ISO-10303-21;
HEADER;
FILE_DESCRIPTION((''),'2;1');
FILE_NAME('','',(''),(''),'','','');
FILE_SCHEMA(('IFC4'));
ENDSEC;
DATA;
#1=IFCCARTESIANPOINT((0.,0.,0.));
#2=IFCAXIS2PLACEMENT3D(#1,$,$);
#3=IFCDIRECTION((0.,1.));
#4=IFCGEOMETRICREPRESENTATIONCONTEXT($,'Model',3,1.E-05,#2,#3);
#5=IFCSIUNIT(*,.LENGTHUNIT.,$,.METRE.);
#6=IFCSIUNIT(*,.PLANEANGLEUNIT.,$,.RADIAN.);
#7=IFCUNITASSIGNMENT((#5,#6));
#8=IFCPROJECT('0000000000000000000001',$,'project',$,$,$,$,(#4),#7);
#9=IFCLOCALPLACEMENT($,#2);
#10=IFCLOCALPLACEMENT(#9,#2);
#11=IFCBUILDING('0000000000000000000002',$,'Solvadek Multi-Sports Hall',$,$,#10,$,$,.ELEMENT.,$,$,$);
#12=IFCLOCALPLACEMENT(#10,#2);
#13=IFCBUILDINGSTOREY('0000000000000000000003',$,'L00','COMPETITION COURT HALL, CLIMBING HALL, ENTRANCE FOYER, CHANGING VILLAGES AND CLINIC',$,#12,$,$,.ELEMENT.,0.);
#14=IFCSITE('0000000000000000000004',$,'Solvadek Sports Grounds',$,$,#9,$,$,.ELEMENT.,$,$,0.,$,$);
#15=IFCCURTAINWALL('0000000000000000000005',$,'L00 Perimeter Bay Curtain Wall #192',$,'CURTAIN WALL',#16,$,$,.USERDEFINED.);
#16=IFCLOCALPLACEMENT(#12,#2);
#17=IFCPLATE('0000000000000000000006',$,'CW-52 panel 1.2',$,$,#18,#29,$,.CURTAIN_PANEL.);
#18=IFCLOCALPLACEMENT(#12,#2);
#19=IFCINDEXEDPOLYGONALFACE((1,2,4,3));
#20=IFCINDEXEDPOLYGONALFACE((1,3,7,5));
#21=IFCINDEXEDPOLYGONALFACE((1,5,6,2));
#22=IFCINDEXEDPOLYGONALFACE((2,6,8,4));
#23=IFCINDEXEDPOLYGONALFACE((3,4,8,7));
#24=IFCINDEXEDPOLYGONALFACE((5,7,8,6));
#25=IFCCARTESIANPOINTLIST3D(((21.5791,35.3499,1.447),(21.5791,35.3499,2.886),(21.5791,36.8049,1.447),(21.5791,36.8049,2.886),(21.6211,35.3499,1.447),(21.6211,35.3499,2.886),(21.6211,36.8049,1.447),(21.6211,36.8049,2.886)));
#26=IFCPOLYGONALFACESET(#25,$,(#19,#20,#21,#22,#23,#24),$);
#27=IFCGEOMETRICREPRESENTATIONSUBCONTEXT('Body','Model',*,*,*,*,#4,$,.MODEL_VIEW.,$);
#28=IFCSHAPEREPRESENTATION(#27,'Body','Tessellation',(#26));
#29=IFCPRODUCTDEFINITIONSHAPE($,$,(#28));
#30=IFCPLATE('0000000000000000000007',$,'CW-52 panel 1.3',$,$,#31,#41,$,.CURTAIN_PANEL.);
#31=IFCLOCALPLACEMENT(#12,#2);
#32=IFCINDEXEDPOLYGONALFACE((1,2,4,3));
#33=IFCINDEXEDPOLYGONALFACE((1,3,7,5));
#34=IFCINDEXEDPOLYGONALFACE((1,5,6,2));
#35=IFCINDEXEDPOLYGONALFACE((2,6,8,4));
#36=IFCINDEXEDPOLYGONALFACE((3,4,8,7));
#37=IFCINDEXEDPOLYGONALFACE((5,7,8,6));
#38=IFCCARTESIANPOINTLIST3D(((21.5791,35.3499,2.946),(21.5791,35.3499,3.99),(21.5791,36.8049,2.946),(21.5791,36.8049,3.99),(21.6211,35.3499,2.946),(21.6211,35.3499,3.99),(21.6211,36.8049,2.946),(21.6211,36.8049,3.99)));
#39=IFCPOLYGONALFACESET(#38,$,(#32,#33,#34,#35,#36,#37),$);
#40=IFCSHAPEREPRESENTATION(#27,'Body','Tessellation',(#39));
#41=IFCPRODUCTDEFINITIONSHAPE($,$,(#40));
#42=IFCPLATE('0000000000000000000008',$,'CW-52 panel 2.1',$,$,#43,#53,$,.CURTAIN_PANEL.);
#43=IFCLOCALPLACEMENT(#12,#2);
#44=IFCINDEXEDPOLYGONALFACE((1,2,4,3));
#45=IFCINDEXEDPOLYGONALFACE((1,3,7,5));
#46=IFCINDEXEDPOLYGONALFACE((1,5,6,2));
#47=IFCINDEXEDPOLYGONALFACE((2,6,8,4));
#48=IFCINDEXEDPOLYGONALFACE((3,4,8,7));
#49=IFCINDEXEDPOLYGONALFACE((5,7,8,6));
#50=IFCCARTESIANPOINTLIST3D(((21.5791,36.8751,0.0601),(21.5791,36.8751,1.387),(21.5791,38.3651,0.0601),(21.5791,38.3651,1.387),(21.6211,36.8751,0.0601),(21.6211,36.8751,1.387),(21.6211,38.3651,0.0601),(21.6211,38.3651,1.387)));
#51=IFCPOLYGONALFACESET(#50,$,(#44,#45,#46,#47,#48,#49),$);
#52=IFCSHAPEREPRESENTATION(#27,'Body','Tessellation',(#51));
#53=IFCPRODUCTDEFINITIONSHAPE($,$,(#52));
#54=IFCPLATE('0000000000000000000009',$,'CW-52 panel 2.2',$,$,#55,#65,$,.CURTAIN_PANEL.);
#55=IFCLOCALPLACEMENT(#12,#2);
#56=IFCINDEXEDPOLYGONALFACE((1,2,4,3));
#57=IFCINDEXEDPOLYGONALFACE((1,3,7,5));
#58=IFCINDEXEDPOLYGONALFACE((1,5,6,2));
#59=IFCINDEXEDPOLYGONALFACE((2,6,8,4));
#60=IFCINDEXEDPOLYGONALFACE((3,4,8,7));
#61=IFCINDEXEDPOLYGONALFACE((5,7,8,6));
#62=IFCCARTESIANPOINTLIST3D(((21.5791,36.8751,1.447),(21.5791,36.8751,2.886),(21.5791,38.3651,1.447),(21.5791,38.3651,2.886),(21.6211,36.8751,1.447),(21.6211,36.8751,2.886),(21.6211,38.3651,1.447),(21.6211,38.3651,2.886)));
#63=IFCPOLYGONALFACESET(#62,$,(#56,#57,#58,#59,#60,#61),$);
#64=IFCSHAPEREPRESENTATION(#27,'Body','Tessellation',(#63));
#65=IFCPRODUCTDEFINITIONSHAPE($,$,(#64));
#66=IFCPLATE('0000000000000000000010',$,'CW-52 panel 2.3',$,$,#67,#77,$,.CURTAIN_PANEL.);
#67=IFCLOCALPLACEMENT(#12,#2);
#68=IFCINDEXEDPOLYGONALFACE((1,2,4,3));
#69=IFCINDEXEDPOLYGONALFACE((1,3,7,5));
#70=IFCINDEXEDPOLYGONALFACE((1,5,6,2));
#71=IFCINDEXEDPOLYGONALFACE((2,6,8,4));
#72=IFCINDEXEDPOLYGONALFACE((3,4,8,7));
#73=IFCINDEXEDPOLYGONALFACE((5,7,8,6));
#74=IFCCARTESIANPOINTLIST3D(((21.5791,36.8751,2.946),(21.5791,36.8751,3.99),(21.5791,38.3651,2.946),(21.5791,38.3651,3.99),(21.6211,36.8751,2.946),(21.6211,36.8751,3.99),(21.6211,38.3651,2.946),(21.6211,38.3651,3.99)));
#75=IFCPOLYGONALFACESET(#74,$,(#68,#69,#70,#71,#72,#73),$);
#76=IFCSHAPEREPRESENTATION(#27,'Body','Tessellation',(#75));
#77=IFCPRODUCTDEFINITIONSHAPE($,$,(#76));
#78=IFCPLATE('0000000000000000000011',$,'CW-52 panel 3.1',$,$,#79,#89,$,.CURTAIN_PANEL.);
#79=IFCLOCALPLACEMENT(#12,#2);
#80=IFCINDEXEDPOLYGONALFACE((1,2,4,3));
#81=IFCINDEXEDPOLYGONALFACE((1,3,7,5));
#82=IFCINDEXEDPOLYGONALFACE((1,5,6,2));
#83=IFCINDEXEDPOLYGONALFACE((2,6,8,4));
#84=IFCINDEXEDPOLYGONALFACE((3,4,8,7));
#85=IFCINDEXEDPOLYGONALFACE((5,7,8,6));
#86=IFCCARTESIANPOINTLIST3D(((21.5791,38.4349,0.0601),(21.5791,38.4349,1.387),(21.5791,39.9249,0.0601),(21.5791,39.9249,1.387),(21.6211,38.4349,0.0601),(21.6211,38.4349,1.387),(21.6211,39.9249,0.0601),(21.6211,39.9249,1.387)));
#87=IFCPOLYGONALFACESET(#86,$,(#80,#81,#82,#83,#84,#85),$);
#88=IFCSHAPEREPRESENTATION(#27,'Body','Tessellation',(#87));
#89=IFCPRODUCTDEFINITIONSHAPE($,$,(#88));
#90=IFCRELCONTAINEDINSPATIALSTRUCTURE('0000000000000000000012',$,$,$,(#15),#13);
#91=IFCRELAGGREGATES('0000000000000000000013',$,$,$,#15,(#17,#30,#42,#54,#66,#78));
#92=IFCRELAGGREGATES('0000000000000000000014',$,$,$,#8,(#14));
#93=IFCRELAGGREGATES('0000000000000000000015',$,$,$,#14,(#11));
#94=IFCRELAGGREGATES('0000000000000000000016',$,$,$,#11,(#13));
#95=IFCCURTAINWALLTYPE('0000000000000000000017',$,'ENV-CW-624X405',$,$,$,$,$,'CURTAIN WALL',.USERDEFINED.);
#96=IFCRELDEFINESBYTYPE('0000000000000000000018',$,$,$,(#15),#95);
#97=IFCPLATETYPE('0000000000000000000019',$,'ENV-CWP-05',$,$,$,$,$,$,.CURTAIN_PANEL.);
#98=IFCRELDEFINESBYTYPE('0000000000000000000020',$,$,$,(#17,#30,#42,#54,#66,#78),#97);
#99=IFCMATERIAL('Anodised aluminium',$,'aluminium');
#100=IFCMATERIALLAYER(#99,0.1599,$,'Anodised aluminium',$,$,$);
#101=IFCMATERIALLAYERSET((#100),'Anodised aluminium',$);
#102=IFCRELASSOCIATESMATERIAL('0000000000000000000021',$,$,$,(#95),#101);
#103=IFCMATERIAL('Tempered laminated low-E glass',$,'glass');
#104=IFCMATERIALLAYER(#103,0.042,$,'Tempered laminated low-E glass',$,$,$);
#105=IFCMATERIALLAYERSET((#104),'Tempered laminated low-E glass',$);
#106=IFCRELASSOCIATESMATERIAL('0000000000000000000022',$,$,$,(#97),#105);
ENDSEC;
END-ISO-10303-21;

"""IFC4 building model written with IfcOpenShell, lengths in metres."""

from ifc_helpers import new_model, si_unit, direction, frame, origin, origin_2d, place, context, subcontext, project, spatial, rectangle, extrude, material, layer, layer_set, type_object, element, aggregate, save


model = new_model("IFC4")

# Units and contexts
model_context = context("Model", 3, precision=1e-05, world=origin(), true_north=direction((0.0, 1.0)))
body_context = subcontext(model_context, "Body", "Model", "MODEL_VIEW")
ifc_project = project(units=[si_unit("LENGTHUNIT", "METRE"), si_unit("PLANEANGLEUNIT", "RADIAN")], contexts=[model_context])

# Site, building, storey
site_placement = place(None, origin())
site = spatial("IfcSite", under=ifc_project, at=site_placement, Name="Solvadek Sports Grounds", CompositionType="ELEMENT", RefElevation=0.0)
building_placement = place(site_placement, origin())
building = spatial("IfcBuilding", under=site, at=building_placement, Name="Solvadek Multi-Sports Hall", CompositionType="ELEMENT")
storey_placement = place(building_placement, origin())
storey = spatial("IfcBuildingStorey", under=building, at=storey_placement, Name="L00", Description="COMPETITION COURT HALL, CLIMBING HALL, ENTRANCE FOYER, CHANGING VILLAGES AND CLINIC", CompositionType="ELEMENT", Elevation=0.0)

# Curtain wall
ifc_material_1 = material(Name="Anodised aluminium", Category="aluminium")
ifc_layer_1 = layer(ifc_material_1, 0.1599, Name="Anodised aluminium")
ifc_layer_set_1 = layer_set([ifc_layer_1], Name="Anodised aluminium")
curtain_wall_type_1 = type_object("IfcCurtainWallType", Name="ENV-CW-624X405", ElementType="CURTAIN WALL", PredefinedType="USERDEFINED", material=ifc_layer_set_1)
curtain_wall_1_placement = place(storey_placement, origin())
curtain_wall_1 = element("IfcCurtainWall", 1, at=curtain_wall_1_placement, inside=storey, type_object=curtain_wall_type_1, Name="L00 Perimeter Bay Curtain Wall #192", ObjectType="CURTAIN WALL", PredefinedType="USERDEFINED")

# Plates
ifc_material_2 = material(Name="Tempered laminated low-E glass", Category="glass")
ifc_layer_2 = layer(ifc_material_2, 0.042, Name="Tempered laminated low-E glass")
ifc_layer_set_2 = layer_set([ifc_layer_2], Name="Tempered laminated low-E glass")
plate_type_1 = type_object("IfcPlateType", Name="ENV-CWP-05", PredefinedType="CURTAIN_PANEL", material=ifc_layer_set_2)
plate_1_placement = place(storey_placement, frame((21.6001, 36.0774, 1.447), z_axis=(0.0, 0.0, 1.0), x_axis=(0.0, 1.0, 0.0)))
plate_1 = element("IfcPlate", 2, at=plate_1_placement, type_object=plate_type_1, Name="CW-52 panel 1.2", PredefinedType="CURTAIN_PANEL", context=body_context, shape_type="SweptSolid", body=[
    extrude(rectangle(XDim=1.4551, YDim=0.042, at=origin_2d()), origin(), (0.0, 0.0, 1.0), 1.439),
])
plate_2_placement = place(storey_placement, frame((21.6001, 36.0774, 2.946), z_axis=(0.0, 0.0, 1.0), x_axis=(0.0, 1.0, 0.0)))
plate_2 = element("IfcPlate", 3, at=plate_2_placement, type_object=plate_type_1, Name="CW-52 panel 1.3", PredefinedType="CURTAIN_PANEL", context=body_context, shape_type="SweptSolid", body=[
    extrude(rectangle(XDim=1.4551, YDim=0.042, at=origin_2d()), origin(), (0.0, 0.0, 1.0), 1.0439),
])
plate_3_placement = place(storey_placement, frame((21.6001, 37.6201, 0.0601), z_axis=(0.0, 0.0, 1.0), x_axis=(0.0, 1.0, 0.0)))
plate_3 = element("IfcPlate", 4, at=plate_3_placement, type_object=plate_type_1, Name="CW-52 panel 2.1", PredefinedType="CURTAIN_PANEL", context=body_context, shape_type="SweptSolid", body=[
    extrude(rectangle(XDim=1.49, YDim=0.042, at=origin_2d()), origin(), (0.0, 0.0, 1.0), 1.3269),
])
plate_4_placement = place(storey_placement, frame((21.6001, 37.6201, 1.447), z_axis=(0.0, 0.0, 1.0), x_axis=(0.0, 1.0, 0.0)))
plate_4 = element("IfcPlate", 5, at=plate_4_placement, type_object=plate_type_1, Name="CW-52 panel 2.2", PredefinedType="CURTAIN_PANEL", context=body_context, shape_type="SweptSolid", body=[
    extrude(rectangle(XDim=1.49, YDim=0.042, at=origin_2d()), origin(), (0.0, 0.0, 1.0), 1.439),
])
plate_5_placement = place(storey_placement, frame((21.6001, 37.6201, 2.946), z_axis=(0.0, 0.0, 1.0), x_axis=(0.0, 1.0, 0.0)))
plate_5 = element("IfcPlate", 6, at=plate_5_placement, type_object=plate_type_1, Name="CW-52 panel 2.3", PredefinedType="CURTAIN_PANEL", context=body_context, shape_type="SweptSolid", body=[
    extrude(rectangle(XDim=1.49, YDim=0.042, at=origin_2d()), origin(), (0.0, 0.0, 1.0), 1.0439),
])
plate_6_placement = place(storey_placement, frame((21.6001, 39.1799, 0.0601), z_axis=(0.0, 0.0, 1.0), x_axis=(0.0, 1.0, 0.0)))
plate_6 = element("IfcPlate", 7, at=plate_6_placement, type_object=plate_type_1, Name="CW-52 panel 3.1", PredefinedType="CURTAIN_PANEL", context=body_context, shape_type="SweptSolid", body=[
    extrude(rectangle(XDim=1.49, YDim=0.042, at=origin_2d()), origin(), (0.0, 0.0, 1.0), 1.3269),
])
aggregate(curtain_wall_1, [plate_1, plate_2, plate_3, plate_4, plate_5, plate_6])

save(model, "model.ifc")
